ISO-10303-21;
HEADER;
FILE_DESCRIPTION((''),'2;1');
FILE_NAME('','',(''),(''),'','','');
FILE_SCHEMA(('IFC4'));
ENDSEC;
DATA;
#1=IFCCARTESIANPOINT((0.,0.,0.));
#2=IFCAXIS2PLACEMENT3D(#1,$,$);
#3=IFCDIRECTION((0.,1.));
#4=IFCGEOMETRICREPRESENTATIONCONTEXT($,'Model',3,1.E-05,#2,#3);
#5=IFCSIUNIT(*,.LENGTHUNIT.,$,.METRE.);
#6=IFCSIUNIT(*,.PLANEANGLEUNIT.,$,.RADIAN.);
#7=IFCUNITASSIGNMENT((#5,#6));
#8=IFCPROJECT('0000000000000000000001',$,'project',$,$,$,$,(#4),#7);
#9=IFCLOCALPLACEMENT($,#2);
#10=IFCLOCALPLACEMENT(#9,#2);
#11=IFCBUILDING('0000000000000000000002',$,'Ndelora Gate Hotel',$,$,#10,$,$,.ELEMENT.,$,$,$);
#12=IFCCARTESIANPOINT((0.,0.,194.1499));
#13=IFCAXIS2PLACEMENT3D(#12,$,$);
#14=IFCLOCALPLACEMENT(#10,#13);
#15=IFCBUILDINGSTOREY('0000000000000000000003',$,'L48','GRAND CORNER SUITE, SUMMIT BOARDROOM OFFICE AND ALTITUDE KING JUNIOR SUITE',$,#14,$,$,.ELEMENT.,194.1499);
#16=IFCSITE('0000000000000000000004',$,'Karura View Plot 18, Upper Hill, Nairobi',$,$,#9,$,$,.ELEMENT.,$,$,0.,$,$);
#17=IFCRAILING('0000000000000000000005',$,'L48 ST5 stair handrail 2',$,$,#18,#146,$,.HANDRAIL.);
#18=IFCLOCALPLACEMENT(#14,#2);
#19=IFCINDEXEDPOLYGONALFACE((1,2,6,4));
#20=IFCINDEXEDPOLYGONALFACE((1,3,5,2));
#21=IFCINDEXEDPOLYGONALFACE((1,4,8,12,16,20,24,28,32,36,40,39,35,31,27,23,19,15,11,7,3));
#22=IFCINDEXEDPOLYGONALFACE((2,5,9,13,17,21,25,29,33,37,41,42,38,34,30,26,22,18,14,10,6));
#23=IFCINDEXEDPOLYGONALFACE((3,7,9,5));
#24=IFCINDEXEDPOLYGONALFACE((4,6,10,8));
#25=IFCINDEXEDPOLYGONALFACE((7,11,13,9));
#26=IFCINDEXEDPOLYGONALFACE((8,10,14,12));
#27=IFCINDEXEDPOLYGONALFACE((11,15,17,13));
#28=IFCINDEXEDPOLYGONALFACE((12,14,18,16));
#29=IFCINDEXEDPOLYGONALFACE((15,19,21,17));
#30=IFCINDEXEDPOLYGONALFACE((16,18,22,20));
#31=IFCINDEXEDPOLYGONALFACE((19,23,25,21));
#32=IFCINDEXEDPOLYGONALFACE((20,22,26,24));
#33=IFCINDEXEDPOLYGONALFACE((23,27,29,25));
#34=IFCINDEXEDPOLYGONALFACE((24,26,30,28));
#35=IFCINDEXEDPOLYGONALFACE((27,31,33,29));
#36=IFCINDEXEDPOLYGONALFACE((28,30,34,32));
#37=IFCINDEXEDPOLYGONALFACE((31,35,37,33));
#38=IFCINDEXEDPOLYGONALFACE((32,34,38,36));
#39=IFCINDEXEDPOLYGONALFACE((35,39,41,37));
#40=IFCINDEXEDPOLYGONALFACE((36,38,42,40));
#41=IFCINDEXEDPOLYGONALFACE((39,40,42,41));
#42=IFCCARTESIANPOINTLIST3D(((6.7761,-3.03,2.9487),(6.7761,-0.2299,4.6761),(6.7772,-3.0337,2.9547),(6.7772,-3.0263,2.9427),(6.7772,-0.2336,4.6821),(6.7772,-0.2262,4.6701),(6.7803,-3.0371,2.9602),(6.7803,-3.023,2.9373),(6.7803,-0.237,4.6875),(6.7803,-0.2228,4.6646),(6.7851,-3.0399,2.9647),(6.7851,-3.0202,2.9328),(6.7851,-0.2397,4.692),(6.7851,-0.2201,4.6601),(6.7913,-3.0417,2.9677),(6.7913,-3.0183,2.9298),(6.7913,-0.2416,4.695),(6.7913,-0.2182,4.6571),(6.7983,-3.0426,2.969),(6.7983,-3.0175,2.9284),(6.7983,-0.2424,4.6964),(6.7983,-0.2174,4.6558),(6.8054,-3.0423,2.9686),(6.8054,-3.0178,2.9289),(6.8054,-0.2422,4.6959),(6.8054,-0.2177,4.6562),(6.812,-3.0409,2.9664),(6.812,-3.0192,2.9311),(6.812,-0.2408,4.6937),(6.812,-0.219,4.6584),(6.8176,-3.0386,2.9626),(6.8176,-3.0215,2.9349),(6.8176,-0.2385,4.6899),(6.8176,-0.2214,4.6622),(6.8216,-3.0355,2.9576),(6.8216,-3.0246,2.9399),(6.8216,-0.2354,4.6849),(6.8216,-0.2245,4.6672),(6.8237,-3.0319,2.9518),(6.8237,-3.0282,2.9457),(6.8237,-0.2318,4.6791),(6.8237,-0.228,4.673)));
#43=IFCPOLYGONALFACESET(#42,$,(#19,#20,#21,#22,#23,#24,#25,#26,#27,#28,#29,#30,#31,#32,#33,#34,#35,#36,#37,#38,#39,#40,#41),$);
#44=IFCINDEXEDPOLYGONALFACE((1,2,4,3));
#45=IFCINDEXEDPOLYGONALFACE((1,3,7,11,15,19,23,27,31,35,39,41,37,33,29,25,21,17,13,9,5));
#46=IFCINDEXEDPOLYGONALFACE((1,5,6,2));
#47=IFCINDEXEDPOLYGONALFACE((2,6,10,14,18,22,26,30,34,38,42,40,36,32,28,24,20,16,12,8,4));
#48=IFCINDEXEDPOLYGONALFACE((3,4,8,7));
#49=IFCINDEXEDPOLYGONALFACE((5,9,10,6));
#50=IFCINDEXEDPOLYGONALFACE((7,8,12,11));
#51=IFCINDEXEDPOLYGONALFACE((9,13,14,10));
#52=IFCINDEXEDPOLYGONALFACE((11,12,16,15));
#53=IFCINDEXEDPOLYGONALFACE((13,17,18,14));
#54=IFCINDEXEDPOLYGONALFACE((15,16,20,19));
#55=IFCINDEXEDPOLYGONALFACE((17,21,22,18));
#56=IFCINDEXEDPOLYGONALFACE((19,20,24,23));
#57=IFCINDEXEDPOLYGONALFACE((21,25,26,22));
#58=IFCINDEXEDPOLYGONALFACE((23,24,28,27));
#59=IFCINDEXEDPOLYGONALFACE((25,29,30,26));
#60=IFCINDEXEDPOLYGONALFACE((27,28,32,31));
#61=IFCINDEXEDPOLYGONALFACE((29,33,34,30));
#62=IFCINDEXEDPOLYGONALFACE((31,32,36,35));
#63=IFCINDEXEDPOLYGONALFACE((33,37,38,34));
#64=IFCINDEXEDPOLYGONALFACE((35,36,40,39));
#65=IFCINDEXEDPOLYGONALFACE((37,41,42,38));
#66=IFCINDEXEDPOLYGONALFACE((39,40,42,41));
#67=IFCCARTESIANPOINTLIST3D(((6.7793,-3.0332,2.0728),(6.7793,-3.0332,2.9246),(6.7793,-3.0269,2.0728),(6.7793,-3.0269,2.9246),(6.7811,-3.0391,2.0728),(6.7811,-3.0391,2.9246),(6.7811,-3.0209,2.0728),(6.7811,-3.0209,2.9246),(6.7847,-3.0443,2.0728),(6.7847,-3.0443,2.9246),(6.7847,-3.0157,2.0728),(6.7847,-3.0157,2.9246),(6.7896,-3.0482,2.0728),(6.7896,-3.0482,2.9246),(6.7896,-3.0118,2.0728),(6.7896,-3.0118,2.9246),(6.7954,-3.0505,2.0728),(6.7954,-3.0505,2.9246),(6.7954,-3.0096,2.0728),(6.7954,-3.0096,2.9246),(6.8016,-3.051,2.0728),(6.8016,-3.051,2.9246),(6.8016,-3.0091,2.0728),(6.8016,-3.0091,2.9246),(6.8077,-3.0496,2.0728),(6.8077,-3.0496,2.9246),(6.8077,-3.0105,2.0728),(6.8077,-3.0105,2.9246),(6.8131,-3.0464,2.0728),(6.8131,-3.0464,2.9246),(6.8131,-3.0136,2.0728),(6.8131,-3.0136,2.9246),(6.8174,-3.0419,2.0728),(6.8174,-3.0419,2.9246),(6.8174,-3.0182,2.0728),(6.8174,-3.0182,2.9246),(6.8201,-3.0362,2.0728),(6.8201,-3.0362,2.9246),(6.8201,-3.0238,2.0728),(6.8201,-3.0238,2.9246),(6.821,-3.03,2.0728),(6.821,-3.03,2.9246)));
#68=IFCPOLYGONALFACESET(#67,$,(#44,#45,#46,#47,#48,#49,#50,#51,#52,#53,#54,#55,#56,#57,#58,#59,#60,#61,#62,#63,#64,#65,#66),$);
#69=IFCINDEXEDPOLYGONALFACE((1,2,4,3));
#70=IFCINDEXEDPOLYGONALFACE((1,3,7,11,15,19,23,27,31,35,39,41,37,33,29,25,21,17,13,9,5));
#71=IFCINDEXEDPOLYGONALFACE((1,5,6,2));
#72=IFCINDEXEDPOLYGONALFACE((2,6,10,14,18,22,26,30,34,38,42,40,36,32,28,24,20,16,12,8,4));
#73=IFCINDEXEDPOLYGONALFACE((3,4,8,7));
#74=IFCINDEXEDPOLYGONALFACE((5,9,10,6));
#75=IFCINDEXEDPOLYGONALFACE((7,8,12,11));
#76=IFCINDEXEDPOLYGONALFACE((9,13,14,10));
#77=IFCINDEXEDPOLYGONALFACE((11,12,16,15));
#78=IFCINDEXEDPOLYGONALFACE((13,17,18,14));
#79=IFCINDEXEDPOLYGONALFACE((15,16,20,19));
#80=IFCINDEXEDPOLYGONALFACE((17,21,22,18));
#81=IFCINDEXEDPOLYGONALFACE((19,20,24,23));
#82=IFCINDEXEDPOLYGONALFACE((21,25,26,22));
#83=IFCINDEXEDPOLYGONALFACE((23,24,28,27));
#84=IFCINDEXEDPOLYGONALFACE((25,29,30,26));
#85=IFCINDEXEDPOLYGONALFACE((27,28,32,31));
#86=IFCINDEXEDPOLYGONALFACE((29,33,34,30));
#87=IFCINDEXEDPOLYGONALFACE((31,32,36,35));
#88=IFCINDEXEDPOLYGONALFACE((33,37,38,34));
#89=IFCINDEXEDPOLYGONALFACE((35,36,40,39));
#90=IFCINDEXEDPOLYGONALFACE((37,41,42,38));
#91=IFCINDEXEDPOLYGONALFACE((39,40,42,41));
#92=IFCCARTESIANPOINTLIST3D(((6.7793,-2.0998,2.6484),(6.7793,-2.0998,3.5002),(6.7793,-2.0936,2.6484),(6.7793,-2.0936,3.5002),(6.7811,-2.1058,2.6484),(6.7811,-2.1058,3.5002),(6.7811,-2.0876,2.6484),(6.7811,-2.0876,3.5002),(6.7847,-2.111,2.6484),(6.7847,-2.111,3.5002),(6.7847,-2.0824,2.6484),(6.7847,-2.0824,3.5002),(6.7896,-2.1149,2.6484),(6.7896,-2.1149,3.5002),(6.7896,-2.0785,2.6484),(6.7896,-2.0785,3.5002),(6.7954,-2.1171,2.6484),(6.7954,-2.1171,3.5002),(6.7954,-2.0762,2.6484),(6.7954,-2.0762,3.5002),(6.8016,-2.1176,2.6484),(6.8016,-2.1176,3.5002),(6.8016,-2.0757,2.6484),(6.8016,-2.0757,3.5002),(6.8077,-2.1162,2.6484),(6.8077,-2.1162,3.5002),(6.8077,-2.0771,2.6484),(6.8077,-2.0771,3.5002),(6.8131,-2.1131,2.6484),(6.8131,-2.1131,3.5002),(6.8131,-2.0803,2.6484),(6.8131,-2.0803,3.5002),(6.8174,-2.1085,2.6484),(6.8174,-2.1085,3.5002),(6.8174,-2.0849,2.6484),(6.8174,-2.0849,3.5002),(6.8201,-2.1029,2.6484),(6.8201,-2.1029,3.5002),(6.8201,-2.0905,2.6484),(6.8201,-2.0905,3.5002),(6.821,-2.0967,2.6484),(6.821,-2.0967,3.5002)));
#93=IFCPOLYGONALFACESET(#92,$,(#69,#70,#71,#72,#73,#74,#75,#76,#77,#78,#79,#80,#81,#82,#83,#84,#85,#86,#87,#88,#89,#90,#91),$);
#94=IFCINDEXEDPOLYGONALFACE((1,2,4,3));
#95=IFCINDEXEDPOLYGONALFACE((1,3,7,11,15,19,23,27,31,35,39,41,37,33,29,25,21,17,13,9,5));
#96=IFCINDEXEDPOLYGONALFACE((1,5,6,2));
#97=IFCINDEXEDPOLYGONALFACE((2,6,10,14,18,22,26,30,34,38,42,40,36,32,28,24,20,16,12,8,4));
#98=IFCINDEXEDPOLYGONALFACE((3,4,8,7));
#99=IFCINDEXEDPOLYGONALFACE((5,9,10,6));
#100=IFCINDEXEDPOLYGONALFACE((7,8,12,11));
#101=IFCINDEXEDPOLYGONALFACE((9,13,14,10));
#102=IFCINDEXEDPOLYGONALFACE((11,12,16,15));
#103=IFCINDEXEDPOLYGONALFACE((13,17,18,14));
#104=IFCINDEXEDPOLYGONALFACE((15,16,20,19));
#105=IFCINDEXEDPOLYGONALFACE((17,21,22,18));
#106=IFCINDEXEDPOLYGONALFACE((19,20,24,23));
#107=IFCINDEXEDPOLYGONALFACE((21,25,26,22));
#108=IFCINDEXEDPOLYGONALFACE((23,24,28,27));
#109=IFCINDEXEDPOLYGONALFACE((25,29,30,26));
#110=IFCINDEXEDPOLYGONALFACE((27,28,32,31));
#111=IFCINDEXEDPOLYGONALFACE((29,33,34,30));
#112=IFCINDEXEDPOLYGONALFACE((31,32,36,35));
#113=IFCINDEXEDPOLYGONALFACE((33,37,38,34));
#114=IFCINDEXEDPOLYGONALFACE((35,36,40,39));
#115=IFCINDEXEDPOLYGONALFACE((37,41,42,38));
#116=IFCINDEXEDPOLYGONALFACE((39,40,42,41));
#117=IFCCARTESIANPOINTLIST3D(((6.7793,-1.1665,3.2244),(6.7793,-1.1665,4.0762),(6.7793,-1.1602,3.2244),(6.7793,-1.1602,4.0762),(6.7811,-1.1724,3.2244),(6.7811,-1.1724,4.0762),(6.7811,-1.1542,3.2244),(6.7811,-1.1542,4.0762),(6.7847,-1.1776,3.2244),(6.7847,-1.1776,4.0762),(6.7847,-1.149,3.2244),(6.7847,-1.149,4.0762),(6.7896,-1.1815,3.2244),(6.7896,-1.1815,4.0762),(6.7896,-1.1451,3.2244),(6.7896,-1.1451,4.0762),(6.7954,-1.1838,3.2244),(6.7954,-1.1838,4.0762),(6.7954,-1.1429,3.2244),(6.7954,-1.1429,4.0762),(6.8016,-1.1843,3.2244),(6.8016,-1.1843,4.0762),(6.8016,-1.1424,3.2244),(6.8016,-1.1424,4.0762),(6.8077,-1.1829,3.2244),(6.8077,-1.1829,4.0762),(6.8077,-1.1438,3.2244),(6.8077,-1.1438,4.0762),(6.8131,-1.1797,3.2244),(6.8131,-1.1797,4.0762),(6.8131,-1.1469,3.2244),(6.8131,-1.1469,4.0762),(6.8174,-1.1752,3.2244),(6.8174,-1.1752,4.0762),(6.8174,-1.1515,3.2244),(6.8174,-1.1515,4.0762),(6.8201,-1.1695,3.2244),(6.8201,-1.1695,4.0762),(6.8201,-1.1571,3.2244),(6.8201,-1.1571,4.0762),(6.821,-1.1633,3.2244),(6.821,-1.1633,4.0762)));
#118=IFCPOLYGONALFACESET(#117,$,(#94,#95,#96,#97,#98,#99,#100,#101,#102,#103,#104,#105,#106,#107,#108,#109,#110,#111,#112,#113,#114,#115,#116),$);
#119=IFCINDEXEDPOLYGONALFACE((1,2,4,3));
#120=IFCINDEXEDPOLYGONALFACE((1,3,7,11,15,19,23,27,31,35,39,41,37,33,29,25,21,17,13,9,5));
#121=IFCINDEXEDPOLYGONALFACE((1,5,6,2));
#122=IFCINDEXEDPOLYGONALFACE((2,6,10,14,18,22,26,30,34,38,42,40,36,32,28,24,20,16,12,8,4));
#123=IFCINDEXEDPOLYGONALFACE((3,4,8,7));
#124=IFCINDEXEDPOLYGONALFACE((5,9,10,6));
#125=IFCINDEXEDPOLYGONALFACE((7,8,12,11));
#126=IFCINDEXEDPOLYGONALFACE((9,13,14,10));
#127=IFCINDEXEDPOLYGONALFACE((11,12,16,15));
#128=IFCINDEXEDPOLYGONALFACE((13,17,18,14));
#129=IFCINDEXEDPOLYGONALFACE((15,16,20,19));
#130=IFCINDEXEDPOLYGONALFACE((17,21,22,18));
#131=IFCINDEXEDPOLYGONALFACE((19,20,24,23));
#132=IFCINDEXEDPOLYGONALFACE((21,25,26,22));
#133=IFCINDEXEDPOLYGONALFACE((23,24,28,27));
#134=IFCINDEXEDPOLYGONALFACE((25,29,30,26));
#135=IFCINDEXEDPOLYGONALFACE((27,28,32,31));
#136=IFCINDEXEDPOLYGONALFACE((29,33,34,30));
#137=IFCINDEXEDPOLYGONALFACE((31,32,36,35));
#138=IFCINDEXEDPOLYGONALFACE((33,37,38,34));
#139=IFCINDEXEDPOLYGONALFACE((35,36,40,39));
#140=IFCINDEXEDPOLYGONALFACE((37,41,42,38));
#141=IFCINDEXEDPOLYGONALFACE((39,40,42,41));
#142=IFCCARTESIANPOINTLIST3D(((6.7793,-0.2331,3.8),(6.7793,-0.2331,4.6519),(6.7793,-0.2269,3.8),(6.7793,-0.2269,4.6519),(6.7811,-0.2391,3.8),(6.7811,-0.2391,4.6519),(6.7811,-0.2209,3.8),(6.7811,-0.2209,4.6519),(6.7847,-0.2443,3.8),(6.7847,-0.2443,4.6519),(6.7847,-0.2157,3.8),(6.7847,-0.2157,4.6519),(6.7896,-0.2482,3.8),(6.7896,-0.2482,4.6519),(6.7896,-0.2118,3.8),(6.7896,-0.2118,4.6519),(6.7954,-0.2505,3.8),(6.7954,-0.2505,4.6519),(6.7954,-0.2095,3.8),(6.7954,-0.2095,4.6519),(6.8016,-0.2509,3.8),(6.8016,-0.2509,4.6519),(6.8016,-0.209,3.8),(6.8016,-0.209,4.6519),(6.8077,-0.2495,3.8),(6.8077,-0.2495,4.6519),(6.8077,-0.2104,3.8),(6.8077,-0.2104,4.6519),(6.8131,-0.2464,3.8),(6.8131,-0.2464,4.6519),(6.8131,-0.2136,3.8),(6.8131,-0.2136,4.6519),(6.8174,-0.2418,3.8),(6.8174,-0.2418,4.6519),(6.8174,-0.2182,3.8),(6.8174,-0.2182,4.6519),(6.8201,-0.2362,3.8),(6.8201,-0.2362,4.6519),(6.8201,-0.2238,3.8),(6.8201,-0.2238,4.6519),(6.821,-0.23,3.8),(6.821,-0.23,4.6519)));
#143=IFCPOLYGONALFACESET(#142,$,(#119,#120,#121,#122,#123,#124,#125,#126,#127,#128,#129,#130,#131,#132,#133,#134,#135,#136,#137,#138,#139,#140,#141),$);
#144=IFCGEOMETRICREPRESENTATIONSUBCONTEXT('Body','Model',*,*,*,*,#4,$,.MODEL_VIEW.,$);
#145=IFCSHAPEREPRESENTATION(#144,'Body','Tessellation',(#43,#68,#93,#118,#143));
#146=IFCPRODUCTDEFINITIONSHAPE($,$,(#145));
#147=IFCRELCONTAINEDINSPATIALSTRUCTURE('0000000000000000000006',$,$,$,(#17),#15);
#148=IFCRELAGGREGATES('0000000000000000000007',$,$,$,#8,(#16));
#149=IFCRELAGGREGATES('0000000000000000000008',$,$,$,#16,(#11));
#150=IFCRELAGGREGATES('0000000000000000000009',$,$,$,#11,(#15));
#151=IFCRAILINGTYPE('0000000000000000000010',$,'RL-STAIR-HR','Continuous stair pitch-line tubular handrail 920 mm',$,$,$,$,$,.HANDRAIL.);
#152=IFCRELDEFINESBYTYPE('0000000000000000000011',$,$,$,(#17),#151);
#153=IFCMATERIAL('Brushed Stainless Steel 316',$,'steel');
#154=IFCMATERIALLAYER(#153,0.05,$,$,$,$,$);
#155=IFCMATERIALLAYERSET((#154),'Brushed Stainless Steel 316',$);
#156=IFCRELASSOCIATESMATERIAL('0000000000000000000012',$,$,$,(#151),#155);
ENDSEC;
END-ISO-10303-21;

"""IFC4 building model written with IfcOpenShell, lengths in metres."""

from ifc_helpers import new_model, si_unit, direction, frame, origin, origin_2d, place, context, subcontext, project, spatial, circle, extrude, material, layer, layer_set, type_object, element, save


model = new_model("IFC4")

# Units and contexts
model_context = context("Model", 3, precision=1e-05, world=origin(), true_north=direction((0.0, 1.0)))
body_context = subcontext(model_context, "Body", "Model", "MODEL_VIEW")
ifc_project = project(units=[si_unit("LENGTHUNIT", "METRE"), si_unit("PLANEANGLEUNIT", "RADIAN")], contexts=[model_context])

# Site, building, storey
site_placement = place(None, origin())
site = spatial("IfcSite", under=ifc_project, at=site_placement, Name="Karura View Plot 18, Upper Hill, Nairobi", CompositionType="ELEMENT", RefElevation=0.0)
building_placement = place(site_placement, origin())
building = spatial("IfcBuilding", under=site, at=building_placement, Name="Ndelora Gate Hotel", CompositionType="ELEMENT")
storey_placement = place(building_placement, frame((0.0, 0.0, 194.1499)))
storey = spatial("IfcBuildingStorey", under=building, at=storey_placement, Name="L48", Description="GRAND CORNER SUITE, SUMMIT BOARDROOM OFFICE AND ALTITUDE KING JUNIOR SUITE", CompositionType="ELEMENT", Elevation=194.1499)

# Railing
ifc_material_1 = material(Name="Brushed Stainless Steel 316", Category="steel")
ifc_layer_1 = layer(ifc_material_1, 0.05)
ifc_layer_set_1 = layer_set([ifc_layer_1], Name="Brushed Stainless Steel 316")
railing_type_1 = type_object("IfcRailingType", Name="RL-STAIR-HR", Description="Continuous stair pitch-line tubular handrail 920 mm", PredefinedType="HANDRAIL", material=ifc_layer_set_1)
railing_1_placement = place(storey_placement, frame((6.8, -3.03, 2.0728)))
element("IfcRailing", 1, at=railing_1_placement, inside=storey, type_object=railing_type_1, Name="L48 ST5 stair handrail 2", PredefinedType="HANDRAIL", context=body_context, shape_type="SweptSolid", body=[
    extrude(circle(Radius=0.0239, at=origin_2d()), frame((0.0, 0.0, 0.876), z_axis=(0.0, 0.85109, 0.52502), x_axis=(-1.0, 0.0, 0.0)), (0.0, 0.0, 1.0), 3.29),
    extrude(circle(Radius=0.021, at=origin_2d()), origin(), (0.0, 0.0, 1.0), 0.8518),
    extrude(circle(Radius=0.021, at=origin_2d()), frame((0.0, 0.9333, 0.5757)), (0.0, 0.0, 1.0), 0.8518),
    extrude(circle(Radius=0.021, at=origin_2d()), frame((0.0, 1.8667, 1.1516)), (0.0, 0.0, 1.0), 0.8518),
    extrude(circle(Radius=0.021, at=origin_2d()), frame((0.0, 2.8, 1.7273)), (0.0, 0.0, 1.0), 0.8518),
])

save(model, "model.ifc")
